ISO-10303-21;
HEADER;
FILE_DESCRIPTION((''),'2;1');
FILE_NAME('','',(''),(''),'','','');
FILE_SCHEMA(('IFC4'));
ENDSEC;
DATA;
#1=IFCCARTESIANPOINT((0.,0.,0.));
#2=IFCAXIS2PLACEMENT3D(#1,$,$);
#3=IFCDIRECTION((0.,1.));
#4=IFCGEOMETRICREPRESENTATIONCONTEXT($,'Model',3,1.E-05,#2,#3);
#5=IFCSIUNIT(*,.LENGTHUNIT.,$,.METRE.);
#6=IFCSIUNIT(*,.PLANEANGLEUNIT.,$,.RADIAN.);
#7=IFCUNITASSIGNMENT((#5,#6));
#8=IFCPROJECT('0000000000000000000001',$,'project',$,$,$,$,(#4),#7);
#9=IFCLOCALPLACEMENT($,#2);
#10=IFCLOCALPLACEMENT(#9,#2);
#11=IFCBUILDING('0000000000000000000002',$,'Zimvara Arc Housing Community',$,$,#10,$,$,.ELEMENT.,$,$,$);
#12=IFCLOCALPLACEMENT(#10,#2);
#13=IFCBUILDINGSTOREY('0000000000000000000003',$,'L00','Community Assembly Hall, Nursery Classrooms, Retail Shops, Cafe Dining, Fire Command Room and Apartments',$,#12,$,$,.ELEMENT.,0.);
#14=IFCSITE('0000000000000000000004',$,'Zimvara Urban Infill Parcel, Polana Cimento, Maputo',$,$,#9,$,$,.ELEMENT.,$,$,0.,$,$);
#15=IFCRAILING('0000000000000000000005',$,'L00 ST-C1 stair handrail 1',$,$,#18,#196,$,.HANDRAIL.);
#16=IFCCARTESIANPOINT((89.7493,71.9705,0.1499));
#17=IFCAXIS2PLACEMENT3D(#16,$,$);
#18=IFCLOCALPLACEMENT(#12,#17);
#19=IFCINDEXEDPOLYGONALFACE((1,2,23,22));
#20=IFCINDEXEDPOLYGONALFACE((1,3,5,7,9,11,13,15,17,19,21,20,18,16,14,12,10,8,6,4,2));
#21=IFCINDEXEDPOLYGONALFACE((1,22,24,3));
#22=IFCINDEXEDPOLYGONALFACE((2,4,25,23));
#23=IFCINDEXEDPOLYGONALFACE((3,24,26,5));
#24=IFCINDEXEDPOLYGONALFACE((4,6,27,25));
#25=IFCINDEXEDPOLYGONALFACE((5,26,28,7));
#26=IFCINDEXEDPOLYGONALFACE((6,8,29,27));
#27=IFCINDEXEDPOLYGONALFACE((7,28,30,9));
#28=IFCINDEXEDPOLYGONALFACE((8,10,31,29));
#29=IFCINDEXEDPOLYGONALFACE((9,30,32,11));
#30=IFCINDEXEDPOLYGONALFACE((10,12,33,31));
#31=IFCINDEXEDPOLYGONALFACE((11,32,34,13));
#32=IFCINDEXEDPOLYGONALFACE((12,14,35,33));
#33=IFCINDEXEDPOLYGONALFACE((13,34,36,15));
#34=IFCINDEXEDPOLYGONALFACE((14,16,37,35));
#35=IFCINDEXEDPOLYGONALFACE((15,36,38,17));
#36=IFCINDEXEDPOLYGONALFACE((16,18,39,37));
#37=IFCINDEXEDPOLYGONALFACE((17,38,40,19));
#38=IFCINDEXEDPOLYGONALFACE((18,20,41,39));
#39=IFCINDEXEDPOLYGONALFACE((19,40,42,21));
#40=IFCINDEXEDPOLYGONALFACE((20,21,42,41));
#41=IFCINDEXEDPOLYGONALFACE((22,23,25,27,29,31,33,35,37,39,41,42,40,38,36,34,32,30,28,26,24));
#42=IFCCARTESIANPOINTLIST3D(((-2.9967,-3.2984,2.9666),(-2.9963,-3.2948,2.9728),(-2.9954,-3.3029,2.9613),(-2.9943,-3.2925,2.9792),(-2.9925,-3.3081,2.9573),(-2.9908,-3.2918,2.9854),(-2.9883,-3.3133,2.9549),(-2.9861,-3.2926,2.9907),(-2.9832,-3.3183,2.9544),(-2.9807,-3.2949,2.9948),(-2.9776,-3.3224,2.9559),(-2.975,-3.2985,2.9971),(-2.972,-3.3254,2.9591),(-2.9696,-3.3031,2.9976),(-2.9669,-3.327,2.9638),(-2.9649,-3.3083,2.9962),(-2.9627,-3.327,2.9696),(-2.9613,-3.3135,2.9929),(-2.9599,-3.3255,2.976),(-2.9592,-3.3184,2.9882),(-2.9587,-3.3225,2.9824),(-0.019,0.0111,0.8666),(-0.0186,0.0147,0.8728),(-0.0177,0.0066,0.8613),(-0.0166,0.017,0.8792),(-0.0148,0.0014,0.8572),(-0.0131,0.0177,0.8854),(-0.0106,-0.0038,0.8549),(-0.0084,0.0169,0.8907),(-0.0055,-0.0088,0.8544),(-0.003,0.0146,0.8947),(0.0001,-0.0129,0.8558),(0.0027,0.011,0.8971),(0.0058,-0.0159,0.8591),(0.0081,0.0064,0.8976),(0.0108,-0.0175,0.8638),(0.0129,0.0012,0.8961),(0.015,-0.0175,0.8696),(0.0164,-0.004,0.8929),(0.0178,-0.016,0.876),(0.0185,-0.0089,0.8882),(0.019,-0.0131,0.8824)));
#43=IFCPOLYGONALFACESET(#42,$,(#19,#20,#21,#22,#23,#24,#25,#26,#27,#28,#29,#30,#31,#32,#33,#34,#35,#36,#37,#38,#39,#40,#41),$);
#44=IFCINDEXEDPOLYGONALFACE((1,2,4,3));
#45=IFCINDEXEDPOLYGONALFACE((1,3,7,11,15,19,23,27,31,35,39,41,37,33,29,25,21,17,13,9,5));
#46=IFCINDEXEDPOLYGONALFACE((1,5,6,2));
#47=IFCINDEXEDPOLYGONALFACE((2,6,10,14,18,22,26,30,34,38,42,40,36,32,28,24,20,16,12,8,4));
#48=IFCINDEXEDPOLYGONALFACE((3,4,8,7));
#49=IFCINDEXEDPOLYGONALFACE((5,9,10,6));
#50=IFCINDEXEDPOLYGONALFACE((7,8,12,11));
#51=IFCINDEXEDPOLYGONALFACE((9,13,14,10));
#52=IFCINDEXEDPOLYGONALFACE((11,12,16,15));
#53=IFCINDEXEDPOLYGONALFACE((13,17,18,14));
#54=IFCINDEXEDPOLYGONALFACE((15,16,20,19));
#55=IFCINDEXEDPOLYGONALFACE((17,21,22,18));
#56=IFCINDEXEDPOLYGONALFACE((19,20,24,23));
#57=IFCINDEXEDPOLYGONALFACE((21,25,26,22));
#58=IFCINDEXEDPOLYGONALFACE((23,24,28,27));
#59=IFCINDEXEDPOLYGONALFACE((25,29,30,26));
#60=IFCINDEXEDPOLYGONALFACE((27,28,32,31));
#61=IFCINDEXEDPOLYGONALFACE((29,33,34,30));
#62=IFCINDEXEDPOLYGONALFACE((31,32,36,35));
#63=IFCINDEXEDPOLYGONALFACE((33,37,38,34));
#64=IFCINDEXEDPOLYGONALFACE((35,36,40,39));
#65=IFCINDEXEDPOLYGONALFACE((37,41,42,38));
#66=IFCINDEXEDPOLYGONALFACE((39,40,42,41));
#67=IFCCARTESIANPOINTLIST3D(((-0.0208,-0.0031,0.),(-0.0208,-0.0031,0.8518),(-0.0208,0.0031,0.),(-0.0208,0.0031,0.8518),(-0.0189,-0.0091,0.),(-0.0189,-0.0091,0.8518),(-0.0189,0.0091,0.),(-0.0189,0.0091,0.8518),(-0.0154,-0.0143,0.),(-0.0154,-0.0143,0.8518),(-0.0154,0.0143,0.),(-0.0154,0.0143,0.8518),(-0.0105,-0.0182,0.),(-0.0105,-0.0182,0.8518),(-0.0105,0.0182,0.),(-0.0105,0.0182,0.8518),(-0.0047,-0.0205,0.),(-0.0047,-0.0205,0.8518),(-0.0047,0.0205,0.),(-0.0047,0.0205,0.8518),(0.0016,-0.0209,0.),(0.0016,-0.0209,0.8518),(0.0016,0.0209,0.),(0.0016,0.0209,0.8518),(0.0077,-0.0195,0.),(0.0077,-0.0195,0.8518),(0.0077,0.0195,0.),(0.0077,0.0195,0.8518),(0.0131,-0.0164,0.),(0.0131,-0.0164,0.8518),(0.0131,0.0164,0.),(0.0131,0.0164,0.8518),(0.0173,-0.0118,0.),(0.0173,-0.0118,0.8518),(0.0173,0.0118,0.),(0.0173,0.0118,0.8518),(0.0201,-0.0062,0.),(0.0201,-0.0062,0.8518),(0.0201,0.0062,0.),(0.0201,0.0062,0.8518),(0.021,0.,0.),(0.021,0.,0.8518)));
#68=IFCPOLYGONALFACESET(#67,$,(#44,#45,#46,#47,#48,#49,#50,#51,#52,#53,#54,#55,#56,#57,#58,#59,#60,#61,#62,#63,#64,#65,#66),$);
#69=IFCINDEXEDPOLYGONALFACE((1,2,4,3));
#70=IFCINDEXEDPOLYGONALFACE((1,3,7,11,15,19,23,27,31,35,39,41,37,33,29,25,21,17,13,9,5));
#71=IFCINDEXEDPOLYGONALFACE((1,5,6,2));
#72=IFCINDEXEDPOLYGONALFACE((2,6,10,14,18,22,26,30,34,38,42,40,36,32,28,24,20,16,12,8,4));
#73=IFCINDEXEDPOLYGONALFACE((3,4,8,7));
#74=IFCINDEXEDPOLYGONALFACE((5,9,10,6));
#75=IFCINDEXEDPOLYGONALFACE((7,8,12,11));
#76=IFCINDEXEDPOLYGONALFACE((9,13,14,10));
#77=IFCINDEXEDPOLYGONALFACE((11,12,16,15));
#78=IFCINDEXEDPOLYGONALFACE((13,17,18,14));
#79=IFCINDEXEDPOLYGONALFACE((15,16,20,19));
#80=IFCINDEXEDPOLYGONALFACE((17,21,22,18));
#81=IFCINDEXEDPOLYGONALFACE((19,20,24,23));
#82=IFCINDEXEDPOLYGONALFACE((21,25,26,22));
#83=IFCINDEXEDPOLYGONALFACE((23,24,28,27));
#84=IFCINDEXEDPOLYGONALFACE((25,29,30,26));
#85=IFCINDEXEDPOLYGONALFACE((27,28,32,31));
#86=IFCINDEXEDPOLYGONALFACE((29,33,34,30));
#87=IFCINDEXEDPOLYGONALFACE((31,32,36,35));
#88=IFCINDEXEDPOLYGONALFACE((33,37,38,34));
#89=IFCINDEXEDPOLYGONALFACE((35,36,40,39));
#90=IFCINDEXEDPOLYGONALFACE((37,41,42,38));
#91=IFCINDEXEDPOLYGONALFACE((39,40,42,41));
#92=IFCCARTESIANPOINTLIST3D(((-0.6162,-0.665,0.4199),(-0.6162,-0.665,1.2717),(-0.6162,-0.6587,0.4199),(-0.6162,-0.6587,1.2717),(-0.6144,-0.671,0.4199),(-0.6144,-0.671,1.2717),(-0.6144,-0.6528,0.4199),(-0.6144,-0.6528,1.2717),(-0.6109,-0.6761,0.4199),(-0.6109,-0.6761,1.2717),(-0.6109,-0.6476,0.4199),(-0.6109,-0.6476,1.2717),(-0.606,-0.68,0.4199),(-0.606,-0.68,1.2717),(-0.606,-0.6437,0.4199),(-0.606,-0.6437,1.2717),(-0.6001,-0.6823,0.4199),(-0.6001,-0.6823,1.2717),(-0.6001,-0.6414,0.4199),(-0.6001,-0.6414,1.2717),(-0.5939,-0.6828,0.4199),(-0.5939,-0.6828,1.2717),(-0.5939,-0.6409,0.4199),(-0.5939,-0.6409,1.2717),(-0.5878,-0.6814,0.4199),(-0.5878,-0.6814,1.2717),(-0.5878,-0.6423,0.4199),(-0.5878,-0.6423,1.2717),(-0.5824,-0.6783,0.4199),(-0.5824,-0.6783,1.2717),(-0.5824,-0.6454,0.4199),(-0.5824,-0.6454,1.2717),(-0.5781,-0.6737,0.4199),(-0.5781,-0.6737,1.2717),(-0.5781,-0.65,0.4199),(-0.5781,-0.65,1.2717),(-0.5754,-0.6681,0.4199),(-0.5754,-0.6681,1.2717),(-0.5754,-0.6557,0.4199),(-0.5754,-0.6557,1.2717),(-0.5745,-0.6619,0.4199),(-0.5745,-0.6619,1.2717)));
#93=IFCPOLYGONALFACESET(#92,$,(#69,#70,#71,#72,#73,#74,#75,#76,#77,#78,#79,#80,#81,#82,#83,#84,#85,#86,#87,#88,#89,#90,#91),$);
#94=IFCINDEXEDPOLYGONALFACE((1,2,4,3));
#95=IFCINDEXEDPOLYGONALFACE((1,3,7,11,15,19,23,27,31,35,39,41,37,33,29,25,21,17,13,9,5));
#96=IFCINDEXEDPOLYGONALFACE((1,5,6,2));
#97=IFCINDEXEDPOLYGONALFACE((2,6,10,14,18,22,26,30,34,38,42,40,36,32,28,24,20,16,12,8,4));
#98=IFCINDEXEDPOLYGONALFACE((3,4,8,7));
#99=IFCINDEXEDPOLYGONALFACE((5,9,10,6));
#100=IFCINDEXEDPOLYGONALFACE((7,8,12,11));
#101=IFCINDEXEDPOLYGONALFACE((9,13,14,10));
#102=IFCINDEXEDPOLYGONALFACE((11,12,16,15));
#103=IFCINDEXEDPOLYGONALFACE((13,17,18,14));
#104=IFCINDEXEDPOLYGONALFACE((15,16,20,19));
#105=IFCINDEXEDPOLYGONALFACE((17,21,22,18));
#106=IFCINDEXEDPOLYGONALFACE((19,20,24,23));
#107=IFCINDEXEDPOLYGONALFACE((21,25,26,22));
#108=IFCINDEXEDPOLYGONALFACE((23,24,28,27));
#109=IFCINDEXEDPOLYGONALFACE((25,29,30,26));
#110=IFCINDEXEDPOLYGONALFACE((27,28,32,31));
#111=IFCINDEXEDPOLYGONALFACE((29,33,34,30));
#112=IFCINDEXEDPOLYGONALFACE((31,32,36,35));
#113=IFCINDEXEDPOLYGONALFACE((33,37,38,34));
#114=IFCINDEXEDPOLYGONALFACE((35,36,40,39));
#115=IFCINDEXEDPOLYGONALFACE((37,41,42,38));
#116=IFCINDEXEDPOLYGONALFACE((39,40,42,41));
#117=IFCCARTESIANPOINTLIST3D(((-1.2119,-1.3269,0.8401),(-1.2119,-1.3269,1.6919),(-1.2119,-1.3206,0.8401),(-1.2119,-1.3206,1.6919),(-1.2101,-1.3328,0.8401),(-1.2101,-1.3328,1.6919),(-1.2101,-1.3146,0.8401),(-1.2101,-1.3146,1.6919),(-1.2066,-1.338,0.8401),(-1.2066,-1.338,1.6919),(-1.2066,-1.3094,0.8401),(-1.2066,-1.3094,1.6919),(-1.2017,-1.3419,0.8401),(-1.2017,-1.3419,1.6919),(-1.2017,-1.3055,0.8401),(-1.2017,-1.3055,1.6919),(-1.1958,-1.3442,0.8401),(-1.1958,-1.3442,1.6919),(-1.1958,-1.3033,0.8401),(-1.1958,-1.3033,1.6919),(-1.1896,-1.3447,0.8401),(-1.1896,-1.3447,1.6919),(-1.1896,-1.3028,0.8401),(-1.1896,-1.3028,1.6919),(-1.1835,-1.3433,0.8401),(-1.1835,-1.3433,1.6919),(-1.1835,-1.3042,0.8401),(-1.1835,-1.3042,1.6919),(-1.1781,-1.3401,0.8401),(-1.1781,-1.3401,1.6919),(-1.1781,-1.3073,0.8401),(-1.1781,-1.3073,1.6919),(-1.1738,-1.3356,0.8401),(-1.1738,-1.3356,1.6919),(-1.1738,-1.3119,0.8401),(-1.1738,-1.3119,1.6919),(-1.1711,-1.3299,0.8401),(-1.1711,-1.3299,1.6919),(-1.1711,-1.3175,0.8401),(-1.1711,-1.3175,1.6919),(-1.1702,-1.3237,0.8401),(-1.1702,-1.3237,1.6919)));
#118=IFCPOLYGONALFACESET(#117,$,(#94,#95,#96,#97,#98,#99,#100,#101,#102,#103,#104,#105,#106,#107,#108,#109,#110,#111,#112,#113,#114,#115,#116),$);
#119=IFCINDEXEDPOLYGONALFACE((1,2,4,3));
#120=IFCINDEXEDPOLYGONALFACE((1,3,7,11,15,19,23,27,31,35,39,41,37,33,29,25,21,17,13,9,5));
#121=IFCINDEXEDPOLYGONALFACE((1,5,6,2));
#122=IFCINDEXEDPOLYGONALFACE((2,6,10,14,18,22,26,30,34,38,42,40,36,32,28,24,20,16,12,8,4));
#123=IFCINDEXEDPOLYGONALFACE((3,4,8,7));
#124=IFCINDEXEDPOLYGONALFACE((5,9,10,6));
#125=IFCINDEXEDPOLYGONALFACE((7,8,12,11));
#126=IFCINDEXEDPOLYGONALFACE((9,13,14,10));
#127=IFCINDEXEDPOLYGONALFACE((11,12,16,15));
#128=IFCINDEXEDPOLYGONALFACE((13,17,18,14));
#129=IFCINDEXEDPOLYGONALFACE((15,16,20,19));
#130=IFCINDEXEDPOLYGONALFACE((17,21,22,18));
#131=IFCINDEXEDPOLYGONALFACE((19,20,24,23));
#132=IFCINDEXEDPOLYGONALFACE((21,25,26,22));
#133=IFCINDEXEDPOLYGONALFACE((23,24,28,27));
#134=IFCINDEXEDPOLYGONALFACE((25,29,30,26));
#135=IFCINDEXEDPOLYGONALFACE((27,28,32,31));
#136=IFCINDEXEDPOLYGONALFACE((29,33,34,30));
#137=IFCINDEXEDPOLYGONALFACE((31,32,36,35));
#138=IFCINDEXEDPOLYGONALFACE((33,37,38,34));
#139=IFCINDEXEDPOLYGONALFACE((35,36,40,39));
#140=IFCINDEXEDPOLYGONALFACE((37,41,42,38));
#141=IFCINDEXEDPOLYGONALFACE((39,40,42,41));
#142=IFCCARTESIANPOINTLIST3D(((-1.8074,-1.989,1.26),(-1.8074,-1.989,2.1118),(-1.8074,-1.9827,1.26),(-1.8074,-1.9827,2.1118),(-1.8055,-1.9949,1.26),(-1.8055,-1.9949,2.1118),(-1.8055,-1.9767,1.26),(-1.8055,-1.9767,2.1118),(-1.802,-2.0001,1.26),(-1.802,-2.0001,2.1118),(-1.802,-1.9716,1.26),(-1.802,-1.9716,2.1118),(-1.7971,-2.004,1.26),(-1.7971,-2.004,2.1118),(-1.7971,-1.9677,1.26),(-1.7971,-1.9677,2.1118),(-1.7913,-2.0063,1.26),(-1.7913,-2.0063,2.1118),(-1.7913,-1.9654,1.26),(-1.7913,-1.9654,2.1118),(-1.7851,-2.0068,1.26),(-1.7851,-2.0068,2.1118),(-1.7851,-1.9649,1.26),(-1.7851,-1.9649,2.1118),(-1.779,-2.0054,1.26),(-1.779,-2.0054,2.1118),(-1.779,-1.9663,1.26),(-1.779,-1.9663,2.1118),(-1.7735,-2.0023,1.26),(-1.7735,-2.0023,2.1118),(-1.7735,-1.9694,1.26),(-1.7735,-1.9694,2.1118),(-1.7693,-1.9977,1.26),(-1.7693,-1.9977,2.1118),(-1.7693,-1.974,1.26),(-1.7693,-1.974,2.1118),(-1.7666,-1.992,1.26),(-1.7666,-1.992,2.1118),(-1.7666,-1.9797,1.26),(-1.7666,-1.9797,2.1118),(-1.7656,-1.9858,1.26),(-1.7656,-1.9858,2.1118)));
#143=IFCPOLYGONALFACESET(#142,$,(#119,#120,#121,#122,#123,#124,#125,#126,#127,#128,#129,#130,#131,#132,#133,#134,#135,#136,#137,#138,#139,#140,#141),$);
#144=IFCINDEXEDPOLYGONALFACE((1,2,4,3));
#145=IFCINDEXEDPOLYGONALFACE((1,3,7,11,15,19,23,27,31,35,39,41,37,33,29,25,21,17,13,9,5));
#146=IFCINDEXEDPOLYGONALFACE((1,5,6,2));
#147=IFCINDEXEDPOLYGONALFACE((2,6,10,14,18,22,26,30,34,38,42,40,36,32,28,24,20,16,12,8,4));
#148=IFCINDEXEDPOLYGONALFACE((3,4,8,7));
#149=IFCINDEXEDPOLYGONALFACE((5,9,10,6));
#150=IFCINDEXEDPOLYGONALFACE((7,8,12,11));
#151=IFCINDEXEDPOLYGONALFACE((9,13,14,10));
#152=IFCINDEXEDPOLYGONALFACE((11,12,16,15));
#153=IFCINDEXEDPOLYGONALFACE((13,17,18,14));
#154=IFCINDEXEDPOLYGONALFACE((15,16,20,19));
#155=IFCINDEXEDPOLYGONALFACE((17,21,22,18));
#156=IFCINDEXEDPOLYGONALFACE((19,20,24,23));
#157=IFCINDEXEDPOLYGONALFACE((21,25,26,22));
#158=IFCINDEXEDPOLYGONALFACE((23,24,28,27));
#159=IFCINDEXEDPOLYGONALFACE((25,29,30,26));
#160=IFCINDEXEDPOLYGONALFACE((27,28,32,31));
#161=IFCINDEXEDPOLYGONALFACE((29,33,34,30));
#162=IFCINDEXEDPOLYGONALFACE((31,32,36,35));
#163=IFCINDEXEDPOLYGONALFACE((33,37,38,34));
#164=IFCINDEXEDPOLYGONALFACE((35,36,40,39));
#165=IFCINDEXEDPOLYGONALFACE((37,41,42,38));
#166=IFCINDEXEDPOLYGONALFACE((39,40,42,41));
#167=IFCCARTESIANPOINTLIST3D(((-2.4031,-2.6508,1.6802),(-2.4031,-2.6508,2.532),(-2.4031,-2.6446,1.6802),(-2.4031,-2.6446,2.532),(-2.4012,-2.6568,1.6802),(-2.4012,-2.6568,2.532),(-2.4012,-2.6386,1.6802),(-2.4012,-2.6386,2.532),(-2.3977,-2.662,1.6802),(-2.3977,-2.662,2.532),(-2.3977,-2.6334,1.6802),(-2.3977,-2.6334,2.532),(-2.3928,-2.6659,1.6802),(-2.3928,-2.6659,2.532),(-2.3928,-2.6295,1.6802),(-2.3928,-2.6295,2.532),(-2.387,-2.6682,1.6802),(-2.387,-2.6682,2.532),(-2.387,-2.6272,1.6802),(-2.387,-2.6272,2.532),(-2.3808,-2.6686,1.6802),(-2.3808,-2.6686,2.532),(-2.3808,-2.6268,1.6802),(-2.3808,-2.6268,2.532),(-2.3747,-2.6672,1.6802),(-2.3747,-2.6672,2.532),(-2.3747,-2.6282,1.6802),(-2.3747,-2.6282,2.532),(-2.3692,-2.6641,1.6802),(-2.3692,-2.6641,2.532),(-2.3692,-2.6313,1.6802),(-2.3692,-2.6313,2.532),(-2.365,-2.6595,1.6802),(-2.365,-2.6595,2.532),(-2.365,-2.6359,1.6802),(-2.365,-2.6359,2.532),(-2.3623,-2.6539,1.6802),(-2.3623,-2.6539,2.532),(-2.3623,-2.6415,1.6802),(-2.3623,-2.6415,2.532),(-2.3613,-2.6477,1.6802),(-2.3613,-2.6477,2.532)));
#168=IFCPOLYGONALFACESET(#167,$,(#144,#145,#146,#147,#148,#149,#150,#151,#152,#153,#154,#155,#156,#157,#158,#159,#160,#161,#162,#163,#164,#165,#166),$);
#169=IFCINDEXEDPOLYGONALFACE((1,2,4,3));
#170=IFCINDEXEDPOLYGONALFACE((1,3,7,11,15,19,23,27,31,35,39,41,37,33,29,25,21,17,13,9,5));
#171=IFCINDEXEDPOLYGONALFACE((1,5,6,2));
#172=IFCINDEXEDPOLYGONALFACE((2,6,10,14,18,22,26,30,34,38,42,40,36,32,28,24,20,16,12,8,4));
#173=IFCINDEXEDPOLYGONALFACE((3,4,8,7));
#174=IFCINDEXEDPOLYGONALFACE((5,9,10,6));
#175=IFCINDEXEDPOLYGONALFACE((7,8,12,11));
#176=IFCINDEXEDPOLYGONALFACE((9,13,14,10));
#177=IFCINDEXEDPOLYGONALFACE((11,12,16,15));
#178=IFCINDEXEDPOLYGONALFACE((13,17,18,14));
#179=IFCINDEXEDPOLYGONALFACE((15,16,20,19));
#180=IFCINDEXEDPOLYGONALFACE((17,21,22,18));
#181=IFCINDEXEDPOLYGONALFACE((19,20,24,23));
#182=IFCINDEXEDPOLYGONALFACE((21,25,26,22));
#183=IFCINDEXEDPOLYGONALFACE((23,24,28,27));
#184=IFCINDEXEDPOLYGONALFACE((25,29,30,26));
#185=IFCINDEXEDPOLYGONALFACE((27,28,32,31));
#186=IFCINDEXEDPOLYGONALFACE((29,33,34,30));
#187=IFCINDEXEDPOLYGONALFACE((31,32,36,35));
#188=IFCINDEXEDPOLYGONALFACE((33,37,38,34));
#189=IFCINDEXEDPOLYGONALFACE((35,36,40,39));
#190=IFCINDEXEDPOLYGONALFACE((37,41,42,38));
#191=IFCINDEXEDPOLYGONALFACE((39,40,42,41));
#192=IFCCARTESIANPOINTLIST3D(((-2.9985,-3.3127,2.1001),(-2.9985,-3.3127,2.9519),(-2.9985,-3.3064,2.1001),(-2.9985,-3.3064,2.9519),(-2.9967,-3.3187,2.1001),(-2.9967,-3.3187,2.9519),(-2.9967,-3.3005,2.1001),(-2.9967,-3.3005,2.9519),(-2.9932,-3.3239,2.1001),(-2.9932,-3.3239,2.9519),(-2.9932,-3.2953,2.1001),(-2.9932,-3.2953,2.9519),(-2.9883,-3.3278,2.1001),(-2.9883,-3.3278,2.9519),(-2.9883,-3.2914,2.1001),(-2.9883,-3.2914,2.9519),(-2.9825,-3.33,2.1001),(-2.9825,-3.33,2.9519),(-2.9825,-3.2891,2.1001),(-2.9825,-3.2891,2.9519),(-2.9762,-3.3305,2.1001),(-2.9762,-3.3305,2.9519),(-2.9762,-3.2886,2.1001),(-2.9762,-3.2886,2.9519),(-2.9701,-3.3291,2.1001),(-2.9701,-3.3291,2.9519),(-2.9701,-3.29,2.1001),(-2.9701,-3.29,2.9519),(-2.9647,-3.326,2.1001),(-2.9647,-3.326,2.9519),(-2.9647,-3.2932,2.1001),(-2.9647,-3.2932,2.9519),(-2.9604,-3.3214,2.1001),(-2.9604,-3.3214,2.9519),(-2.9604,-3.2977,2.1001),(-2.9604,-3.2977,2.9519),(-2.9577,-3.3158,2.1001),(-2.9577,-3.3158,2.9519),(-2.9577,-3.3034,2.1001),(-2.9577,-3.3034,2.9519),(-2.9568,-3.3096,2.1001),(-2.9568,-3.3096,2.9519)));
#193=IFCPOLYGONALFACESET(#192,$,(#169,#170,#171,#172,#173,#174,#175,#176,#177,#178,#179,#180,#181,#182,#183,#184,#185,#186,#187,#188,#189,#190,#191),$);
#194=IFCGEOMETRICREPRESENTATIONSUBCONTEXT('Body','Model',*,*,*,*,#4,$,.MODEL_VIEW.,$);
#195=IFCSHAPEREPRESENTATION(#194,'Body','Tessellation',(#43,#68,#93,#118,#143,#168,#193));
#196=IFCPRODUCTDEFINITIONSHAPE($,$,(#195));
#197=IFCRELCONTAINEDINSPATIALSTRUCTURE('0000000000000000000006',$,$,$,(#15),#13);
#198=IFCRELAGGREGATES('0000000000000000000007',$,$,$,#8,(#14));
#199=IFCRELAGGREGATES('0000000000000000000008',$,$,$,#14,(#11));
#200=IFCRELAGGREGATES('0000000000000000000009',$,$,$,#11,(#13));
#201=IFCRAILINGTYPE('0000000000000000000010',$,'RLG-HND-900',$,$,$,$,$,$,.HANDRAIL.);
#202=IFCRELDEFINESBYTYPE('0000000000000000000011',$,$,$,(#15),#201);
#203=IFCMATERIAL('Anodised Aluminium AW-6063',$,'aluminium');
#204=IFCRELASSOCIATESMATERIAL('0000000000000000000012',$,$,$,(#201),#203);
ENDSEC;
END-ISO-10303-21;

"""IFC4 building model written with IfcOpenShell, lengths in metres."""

from ifc_helpers import new_model, si_unit, direction, frame, origin, origin_2d, place, context, subcontext, project, spatial, circle, extrude, material, type_object, element, save


model = new_model("IFC4")

# Units and contexts
model_context = context("Model", 3, precision=1e-05, world=origin(), true_north=direction((0.0, 1.0)))
body_context = subcontext(model_context, "Body", "Model", "MODEL_VIEW")
ifc_project = project(units=[si_unit("LENGTHUNIT", "METRE"), si_unit("PLANEANGLEUNIT", "RADIAN")], contexts=[model_context])

# Site, building, storey
site_placement = place(None, origin())
site = spatial("IfcSite", under=ifc_project, at=site_placement, Name="Zimvara Urban Infill Parcel, Polana Cimento, Maputo", CompositionType="ELEMENT", RefElevation=0.0)
building_placement = place(site_placement, origin())
building = spatial("IfcBuilding", under=site, at=building_placement, Name="Zimvara Arc Housing Community", CompositionType="ELEMENT")
storey_placement = place(building_placement, origin())
storey = spatial("IfcBuildingStorey", under=building, at=storey_placement, Name="L00", Description="Community Assembly Hall, Nursery Classrooms, Retail Shops, Cafe Dining, Fire Command Room and Apartments", CompositionType="ELEMENT", Elevation=0.0)

# Railing
ifc_material_1 = material(Name="Anodised Aluminium AW-6063", Category="aluminium")
railing_type_1 = type_object("IfcRailingType", Name="RLG-HND-900", PredefinedType="HANDRAIL", material=ifc_material_1)
railing_1_placement = place(storey_placement, frame((89.7493, 71.9705, 0.1499)))
element("IfcRailing", 1, at=railing_1_placement, inside=storey, type_object=railing_type_1, Name="L00 ST-C1 stair handrail 1", PredefinedType="HANDRAIL", context=body_context, shape_type="SweptSolid", body=[
    extrude(circle(Radius=0.0239, at=origin_2d()), frame((0.0, 0.0, 0.876), z_axis=(-0.604935, -0.672337, 0.426634), x_axis=(0.743387, -0.668862, 0.0)), (0.0, 0.0, 1.0), 4.9224),
    extrude(circle(Radius=0.021, at=origin_2d()), origin(), (0.0, 0.0, 1.0), 0.8518),
    extrude(circle(Radius=0.021, at=origin_2d()), frame((-0.5955, -0.6619, 0.4199)), (0.0, 0.0, 1.0), 0.8518),
    extrude(circle(Radius=0.021, at=origin_2d()), frame((-1.1912, -1.3237, 0.8401)), (0.0, 0.0, 1.0), 0.8518),
    extrude(circle(Radius=0.021, at=origin_2d()), frame((-1.7866, -1.9858, 1.26)), (0.0, 0.0, 1.0), 0.8518),
    extrude(circle(Radius=0.021, at=origin_2d()), frame((-2.3823, -2.6477, 1.6802)), (0.0, 0.0, 1.0), 0.8518),
    extrude(circle(Radius=0.021, at=origin_2d()), frame((-2.9778, -3.3096, 2.1001)), (0.0, 0.0, 1.0), 0.8518),
])

save(model, "model.ifc")
